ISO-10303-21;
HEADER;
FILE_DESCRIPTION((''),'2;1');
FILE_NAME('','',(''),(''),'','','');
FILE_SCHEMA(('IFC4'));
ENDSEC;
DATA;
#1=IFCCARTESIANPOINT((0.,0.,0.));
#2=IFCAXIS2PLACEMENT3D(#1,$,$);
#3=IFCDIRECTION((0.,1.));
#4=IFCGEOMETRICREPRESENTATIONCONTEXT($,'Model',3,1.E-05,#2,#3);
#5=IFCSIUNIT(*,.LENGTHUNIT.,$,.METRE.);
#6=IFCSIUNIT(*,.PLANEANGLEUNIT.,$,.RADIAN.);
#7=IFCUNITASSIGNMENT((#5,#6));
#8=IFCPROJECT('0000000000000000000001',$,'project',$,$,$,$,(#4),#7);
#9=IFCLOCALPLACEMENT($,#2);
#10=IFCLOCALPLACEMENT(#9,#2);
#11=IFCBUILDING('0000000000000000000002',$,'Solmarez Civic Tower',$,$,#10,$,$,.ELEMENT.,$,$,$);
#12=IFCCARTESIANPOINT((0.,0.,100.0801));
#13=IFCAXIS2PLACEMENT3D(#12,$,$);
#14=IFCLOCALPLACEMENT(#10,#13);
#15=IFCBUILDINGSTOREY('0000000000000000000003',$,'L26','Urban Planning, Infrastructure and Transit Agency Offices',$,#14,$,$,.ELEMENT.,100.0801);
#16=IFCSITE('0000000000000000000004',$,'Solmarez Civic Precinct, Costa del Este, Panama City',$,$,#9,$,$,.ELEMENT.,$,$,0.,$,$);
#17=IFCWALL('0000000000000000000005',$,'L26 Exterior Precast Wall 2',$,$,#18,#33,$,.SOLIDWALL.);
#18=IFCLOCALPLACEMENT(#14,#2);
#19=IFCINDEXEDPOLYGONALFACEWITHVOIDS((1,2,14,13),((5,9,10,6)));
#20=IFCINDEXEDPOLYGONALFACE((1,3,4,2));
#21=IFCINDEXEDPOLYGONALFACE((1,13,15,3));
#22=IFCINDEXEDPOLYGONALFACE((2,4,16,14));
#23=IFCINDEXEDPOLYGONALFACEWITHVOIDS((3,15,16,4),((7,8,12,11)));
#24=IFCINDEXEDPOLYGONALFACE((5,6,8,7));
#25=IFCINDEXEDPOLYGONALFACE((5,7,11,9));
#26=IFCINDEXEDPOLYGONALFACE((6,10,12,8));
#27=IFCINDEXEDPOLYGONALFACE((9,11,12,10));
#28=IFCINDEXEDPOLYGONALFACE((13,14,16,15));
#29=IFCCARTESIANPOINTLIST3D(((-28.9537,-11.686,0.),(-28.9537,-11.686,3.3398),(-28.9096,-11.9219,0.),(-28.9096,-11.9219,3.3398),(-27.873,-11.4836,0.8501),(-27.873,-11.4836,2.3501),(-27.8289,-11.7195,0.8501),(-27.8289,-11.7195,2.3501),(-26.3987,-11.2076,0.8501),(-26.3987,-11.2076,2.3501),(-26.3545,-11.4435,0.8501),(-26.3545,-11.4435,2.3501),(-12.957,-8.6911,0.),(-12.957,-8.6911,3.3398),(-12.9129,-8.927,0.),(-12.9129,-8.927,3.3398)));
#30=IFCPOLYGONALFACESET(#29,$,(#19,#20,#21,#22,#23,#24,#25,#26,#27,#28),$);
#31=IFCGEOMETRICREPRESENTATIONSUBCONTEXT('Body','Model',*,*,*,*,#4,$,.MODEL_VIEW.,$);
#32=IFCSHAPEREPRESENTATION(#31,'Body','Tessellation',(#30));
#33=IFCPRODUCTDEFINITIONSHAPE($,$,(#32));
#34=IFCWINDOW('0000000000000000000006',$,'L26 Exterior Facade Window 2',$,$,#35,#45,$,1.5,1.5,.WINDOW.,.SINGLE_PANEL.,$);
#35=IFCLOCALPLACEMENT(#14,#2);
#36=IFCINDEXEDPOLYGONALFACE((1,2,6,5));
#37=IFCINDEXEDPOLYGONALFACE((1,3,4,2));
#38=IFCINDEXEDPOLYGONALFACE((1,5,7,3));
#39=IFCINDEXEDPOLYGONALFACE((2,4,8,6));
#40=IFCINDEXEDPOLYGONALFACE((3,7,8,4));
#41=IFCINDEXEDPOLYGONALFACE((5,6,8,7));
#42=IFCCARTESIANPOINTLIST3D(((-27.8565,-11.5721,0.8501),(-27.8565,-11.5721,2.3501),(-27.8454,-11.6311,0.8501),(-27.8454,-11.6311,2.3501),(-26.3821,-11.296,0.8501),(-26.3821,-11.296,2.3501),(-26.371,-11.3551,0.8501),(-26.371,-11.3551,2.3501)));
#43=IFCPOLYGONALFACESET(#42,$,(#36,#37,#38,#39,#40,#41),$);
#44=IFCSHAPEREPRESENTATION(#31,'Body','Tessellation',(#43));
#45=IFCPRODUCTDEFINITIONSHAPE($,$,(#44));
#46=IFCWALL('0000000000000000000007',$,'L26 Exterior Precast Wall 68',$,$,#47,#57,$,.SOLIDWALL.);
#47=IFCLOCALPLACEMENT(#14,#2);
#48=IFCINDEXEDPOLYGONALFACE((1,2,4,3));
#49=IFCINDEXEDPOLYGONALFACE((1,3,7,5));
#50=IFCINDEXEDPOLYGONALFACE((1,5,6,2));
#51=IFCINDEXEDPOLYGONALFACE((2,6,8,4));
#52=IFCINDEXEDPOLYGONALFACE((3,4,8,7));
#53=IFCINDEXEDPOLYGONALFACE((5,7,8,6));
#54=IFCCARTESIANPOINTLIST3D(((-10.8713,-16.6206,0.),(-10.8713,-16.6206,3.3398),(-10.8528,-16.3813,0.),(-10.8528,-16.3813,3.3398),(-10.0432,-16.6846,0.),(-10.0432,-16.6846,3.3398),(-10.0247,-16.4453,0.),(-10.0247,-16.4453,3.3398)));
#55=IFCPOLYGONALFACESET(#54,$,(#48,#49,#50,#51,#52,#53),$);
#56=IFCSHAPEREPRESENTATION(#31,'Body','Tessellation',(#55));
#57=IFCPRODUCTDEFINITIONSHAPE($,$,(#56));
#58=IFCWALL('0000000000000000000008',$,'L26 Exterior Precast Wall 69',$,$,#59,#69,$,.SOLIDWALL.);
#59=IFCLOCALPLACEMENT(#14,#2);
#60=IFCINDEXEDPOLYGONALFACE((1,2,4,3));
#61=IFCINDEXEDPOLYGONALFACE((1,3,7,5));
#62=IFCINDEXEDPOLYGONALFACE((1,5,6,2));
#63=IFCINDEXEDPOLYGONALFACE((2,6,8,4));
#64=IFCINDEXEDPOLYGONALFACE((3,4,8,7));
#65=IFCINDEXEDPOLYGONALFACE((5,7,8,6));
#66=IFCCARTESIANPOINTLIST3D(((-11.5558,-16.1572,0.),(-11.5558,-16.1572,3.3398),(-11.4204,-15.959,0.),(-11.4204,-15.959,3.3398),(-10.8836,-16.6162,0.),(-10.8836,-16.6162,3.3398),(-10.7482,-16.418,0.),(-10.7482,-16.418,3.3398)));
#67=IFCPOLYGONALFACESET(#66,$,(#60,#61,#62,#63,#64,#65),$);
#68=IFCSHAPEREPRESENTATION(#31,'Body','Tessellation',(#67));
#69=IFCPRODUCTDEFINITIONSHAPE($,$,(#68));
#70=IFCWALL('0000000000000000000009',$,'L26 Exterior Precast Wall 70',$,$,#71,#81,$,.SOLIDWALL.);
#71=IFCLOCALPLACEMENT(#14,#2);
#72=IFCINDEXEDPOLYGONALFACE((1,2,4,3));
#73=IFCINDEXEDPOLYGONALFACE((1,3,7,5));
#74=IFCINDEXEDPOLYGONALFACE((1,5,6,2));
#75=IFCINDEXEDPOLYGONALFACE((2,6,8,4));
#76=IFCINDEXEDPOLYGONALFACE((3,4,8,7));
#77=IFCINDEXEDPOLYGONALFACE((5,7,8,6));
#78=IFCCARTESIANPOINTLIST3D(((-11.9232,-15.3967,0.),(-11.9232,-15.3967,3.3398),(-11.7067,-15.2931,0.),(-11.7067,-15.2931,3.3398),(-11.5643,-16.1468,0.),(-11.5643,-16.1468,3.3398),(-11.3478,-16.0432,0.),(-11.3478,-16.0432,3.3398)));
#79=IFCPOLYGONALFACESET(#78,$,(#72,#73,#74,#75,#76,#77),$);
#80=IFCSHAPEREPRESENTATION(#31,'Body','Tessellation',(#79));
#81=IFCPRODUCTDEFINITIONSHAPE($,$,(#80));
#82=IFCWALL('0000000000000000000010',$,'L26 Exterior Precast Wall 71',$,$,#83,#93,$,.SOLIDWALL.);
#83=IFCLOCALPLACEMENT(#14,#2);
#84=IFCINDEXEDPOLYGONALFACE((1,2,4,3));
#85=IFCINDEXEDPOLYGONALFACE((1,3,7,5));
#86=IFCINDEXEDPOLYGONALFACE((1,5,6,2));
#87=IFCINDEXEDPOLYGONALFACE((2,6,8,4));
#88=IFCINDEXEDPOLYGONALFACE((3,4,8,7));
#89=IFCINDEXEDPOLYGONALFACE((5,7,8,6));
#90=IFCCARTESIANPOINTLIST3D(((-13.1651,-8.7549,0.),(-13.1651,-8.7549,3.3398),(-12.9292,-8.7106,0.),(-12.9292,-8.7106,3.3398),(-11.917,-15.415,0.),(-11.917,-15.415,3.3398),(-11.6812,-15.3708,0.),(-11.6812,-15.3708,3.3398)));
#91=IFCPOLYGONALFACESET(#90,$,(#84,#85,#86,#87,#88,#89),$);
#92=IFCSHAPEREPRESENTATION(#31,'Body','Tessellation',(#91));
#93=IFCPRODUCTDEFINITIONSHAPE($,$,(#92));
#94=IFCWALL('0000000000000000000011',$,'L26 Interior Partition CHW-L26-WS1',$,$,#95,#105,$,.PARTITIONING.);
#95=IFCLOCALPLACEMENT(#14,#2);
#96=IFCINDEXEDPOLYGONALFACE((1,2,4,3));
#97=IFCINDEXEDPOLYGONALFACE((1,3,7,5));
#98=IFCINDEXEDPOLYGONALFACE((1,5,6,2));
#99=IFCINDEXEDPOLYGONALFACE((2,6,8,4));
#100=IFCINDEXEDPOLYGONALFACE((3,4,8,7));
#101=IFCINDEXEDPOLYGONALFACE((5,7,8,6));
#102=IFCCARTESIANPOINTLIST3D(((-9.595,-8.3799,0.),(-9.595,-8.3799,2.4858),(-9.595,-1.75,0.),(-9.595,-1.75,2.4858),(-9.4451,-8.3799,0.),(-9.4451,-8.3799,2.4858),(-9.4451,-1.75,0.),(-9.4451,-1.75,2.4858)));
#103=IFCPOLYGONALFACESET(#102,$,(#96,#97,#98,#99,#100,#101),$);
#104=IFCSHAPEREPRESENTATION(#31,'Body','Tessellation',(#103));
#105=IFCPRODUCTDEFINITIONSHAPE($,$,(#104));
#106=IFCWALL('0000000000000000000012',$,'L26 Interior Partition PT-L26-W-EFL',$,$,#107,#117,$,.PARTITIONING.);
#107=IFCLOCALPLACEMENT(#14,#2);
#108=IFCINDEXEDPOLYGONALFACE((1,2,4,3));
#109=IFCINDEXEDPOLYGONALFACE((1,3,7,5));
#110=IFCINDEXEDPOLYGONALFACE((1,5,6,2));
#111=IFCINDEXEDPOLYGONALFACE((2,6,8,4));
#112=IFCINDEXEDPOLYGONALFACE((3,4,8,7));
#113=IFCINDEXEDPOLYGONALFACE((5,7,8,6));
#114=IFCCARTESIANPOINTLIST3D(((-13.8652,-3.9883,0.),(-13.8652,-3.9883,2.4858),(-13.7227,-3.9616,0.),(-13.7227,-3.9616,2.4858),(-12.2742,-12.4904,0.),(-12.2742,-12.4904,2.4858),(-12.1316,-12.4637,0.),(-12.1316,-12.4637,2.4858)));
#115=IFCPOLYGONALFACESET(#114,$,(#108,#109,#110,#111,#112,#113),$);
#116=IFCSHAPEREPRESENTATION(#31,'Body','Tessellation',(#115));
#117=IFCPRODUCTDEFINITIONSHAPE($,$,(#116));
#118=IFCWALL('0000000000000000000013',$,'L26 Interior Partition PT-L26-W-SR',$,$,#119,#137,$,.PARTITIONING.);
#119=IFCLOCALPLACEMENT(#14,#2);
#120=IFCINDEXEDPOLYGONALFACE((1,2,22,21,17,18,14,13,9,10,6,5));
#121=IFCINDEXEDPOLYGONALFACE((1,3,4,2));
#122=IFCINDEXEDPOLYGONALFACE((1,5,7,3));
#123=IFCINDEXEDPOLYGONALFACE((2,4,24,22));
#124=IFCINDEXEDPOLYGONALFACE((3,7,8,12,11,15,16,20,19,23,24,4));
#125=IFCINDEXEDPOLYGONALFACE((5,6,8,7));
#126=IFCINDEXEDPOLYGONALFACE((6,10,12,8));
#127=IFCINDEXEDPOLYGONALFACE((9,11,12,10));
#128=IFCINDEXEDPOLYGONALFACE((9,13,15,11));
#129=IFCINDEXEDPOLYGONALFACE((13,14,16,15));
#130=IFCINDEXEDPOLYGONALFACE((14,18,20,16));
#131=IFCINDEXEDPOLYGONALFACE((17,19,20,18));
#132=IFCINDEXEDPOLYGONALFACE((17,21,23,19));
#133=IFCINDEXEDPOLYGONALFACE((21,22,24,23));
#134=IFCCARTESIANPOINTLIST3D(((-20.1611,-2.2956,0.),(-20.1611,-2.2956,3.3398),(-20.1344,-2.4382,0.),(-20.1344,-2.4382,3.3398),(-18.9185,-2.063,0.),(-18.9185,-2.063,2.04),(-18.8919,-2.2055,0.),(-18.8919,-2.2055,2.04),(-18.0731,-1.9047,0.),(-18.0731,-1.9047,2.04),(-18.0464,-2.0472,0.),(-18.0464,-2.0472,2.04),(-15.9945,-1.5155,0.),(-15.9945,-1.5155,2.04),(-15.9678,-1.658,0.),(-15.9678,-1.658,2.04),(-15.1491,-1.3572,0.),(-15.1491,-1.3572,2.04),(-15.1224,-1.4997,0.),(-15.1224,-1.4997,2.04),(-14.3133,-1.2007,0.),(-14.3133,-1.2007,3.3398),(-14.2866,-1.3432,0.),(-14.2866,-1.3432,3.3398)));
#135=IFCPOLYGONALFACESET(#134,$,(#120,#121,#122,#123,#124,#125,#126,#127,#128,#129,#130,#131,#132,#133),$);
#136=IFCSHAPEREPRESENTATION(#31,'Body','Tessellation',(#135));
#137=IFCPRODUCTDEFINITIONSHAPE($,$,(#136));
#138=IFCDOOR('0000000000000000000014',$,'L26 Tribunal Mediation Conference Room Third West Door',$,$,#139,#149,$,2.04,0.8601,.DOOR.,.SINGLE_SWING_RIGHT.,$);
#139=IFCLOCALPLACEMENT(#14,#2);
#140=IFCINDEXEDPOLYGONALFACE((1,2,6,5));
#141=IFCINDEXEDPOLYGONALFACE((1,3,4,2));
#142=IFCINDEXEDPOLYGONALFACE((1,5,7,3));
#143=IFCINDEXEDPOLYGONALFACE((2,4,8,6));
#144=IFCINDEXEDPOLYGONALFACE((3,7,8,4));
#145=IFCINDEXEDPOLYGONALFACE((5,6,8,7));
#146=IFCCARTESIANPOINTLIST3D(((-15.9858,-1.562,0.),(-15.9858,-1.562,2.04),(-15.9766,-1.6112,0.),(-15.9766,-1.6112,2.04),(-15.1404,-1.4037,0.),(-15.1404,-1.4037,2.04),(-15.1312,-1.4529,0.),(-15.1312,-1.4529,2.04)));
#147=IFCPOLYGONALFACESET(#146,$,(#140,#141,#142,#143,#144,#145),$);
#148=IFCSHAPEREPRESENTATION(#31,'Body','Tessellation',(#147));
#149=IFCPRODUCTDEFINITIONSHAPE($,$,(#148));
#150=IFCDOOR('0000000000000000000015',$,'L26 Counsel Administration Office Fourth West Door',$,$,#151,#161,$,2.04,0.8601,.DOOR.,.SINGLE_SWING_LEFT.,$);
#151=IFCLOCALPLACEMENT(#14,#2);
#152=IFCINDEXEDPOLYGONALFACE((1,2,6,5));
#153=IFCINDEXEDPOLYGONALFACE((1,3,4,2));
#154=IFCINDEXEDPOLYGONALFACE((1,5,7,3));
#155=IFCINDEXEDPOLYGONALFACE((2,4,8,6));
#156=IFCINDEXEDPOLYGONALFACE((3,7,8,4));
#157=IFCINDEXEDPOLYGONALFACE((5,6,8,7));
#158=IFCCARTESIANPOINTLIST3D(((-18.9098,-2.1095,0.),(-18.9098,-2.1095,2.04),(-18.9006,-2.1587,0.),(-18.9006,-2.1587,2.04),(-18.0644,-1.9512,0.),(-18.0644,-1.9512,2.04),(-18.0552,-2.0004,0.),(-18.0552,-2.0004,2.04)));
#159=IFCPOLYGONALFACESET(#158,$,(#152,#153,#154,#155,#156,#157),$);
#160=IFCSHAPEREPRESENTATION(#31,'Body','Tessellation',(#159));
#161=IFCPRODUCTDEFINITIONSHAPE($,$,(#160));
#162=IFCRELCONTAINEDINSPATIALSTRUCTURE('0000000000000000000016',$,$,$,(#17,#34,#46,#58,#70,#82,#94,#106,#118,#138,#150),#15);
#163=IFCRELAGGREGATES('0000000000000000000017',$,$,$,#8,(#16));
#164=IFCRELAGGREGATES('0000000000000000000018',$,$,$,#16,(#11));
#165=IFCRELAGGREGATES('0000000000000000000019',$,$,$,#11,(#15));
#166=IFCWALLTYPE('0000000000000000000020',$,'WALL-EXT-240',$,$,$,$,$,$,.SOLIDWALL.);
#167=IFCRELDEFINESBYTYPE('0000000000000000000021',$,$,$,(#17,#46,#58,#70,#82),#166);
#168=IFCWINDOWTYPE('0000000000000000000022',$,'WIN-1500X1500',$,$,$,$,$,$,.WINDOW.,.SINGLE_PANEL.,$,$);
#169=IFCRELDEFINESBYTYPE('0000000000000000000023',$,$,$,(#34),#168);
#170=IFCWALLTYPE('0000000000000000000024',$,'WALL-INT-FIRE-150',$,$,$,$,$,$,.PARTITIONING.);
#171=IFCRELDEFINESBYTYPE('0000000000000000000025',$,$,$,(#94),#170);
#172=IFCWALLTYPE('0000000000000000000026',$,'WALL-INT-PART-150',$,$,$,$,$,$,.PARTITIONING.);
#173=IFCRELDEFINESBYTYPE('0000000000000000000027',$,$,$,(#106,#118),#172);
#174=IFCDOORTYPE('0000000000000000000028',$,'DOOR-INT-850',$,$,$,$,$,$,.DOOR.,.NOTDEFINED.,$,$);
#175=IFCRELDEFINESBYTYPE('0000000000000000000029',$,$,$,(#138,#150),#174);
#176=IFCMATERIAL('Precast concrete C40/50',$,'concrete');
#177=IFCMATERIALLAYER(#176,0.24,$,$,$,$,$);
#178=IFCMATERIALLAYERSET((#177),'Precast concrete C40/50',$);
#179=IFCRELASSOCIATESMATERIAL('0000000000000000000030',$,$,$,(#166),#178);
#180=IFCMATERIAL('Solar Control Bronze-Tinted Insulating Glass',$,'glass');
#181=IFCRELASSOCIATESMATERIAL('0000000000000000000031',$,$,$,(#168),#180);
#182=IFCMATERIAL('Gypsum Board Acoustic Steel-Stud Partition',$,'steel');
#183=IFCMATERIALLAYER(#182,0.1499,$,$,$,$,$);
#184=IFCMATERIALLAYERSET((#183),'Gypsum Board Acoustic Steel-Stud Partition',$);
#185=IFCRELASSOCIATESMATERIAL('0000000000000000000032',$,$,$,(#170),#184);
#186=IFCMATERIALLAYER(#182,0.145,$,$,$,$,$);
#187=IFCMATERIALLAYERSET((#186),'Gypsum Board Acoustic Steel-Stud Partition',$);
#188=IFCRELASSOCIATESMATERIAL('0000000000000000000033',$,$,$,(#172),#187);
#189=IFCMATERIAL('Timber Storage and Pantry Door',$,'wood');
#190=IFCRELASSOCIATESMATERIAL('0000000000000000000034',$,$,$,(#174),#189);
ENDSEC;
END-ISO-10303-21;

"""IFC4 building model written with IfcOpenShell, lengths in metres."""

from ifc_helpers import new_model, si_unit, direction, frame, frame_2d, origin, place, context, subcontext, project, spatial, rectangle, extrude, material, layer, layer_set, type_object, element, fill, save


model = new_model("IFC4")

# Units and contexts
model_context = context("Model", 3, precision=1e-05, world=origin(), true_north=direction((0.0, 1.0)))
body_context = subcontext(model_context, "Body", "Model", "MODEL_VIEW")
ifc_project = project(units=[si_unit("LENGTHUNIT", "METRE"), si_unit("PLANEANGLEUNIT", "RADIAN")], contexts=[model_context])

# Site, building, storey
site_placement = place(None, origin())
site = spatial("IfcSite", under=ifc_project, at=site_placement, Name="Solmarez Civic Precinct, Costa del Este, Panama City", CompositionType="ELEMENT", RefElevation=0.0)
building_placement = place(site_placement, origin())
building = spatial("IfcBuilding", under=site, at=building_placement, Name="Solmarez Civic Tower", CompositionType="ELEMENT")
storey_placement = place(building_placement, frame((0.0, 0.0, 100.0801)))
storey = spatial("IfcBuildingStorey", under=building, at=storey_placement, Name="L26", Description="Urban Planning, Infrastructure and Transit Agency Offices", CompositionType="ELEMENT", Elevation=100.0801)

# Wall, opening, window
ifc_material_1 = material(Name="Precast concrete C40/50", Category="concrete")
ifc_layer_1 = layer(ifc_material_1, 0.24)
ifc_layer_set_1 = layer_set([ifc_layer_1], Name="Precast concrete C40/50")
wall_type_1 = type_object("IfcWallType", Name="WALL-EXT-240", PredefinedType="SOLIDWALL", material=ifc_layer_set_1)
wall_1_placement = place(storey_placement, frame((-12.9351, -8.8091, 0.0), z_axis=(0.0, 0.0, 1.0), x_axis=(-0.982923, -0.18402, 0.0)))
wall_1 = element("IfcWall", 1, at=wall_1_placement, inside=storey, type_object=wall_type_1, Name="L26 Exterior Precast Wall 2", PredefinedType="SOLIDWALL", context=body_context, shape_type="SweptSolid", body=[
    extrude(rectangle(XDim=16.2747, YDim=0.24, at=frame_2d((8.1372, 0.0))), origin(), (0.0, 0.0, 1.0), 3.3398),
])
opening_1_placement = place(wall_1_placement, frame((13.675, 0.0, 0.8501)))
opening_1 = element("IfcOpeningElement", 2, at=opening_1_placement, cuts=wall_1, PredefinedType="OPENING", context=body_context, shape_type="SweptSolid", body=[
    extrude(rectangle(XDim=1.5, YDim=1.5, at=frame_2d((0.75, 0.75))), frame((0.0, 0.1299, 0.0), z_axis=(0.0, -1.0, 0.0), x_axis=(1.0, 0.0, 0.0)), (0.0, 0.0, 1.0), 0.26),
])
ifc_material_2 = material(Name="Solar Control Bronze-Tinted Insulating Glass", Category="glass")
window_type = type_object("IfcWindowType", Name="WIN-1500X1500", PartitioningType="SINGLE_PANEL", PredefinedType="WINDOW", material=ifc_material_2)
window_placement = place(opening_1_placement, origin())
window = element("IfcWindow", 3, at=window_placement, inside=storey, type_object=window_type, Name="L26 Exterior Facade Window 2", OverallHeight=1.5, OverallWidth=1.5, PartitioningType="SINGLE_PANEL", PredefinedType="WINDOW", context=body_context, shape_type="SweptSolid", body=[
    extrude(rectangle(XDim=1.5, YDim=1.5, at=frame_2d((0.75, 0.75))), frame((0.0, 0.03, 0.0), z_axis=(0.0, -1.0, 0.0), x_axis=(1.0, 0.0, 0.0)), (0.0, 0.0, 1.0), 0.0601),
])
fill(opening_1, window)

# Walls
wall_2_placement = place(storey_placement, frame((-10.0339, -16.5649, 0.0), z_axis=(0.0, 0.0, 1.0), x_axis=(-0.99703, 0.077011, 0.0)))
element("IfcWall", 4, at=wall_2_placement, inside=storey, type_object=wall_type_1, Name="L26 Exterior Precast Wall 68", PredefinedType="SOLIDWALL", context=body_context, shape_type="SweptSolid", body=[
    extrude(rectangle(XDim=0.8306, YDim=0.24, at=frame_2d((0.4153, 0.0))), origin(), (0.0, 0.0, 1.0), 3.3398),
])
wall_3_placement = place(storey_placement, frame((-10.8159, -16.5171, 0.0), z_axis=(0.0, 0.0, 1.0), x_axis=(-0.825815, 0.563942, 0.0)))
element("IfcWall", 5, at=wall_3_placement, inside=storey, type_object=wall_type_1, Name="L26 Exterior Precast Wall 69", PredefinedType="SOLIDWALL", context=body_context, shape_type="SweptSolid", body=[
    extrude(rectangle(XDim=0.814, YDim=0.24, at=frame_2d((0.407, 0.0))), origin(), (0.0, 0.0, 1.0), 3.3398),
])
wall_4_placement = place(storey_placement, frame((-11.4561, -16.095, 0.0), z_axis=(0.0, 0.0, 1.0), x_axis=(-0.431643, 0.902045, 0.0)))
element("IfcWall", 6, at=wall_4_placement, inside=storey, type_object=wall_type_1, Name="L26 Exterior Precast Wall 70", PredefinedType="SOLIDWALL", context=body_context, shape_type="SweptSolid", body=[
    extrude(rectangle(XDim=0.8315, YDim=0.24, at=frame_2d((0.4158, 0.0))), origin(), (0.0, 0.0, 1.0), 3.3398),
])
wall_5_placement = place(storey_placement, frame((-11.7991, -15.3931, 0.0), z_axis=(0.0, 0.0, 1.0), x_axis=(-0.184184, 0.982892, 0.0)))
element("IfcWall", 7, at=wall_5_placement, inside=storey, type_object=wall_type_1, Name="L26 Exterior Precast Wall 71", PredefinedType="SOLIDWALL", context=body_context, shape_type="SweptSolid", body=[
    extrude(rectangle(XDim=6.7761, YDim=0.24, at=frame_2d((3.3882, 0.0))), origin(), (0.0, 0.0, 1.0), 3.3398),
])
ifc_material_3 = material(Name="Gypsum Board Acoustic Steel-Stud Partition", Category="steel")
ifc_layer_2 = layer(ifc_material_3, 0.1499)
ifc_layer_set_2 = layer_set([ifc_layer_2], Name="Gypsum Board Acoustic Steel-Stud Partition")
wall_type_2 = type_object("IfcWallType", Name="WALL-INT-FIRE-150", PredefinedType="PARTITIONING", material=ifc_layer_set_2)
wall_6_placement = place(storey_placement, frame((-9.52, -8.3799, 0.0), z_axis=(0.0, 0.0, 1.0), x_axis=(0.0, 1.0, 0.0)))
element("IfcWall", 8, at=wall_6_placement, inside=storey, type_object=wall_type_2, Name="L26 Interior Partition CHW-L26-WS1", PredefinedType="PARTITIONING", context=body_context, shape_type="SweptSolid", body=[
    extrude(rectangle(XDim=6.6299, YDim=0.1499, at=frame_2d((3.3149, 0.0))), origin(), (0.0, 0.0, 1.0), 2.4858),
])
ifc_layer_3 = layer(ifc_material_3, 0.145)
ifc_layer_set_3 = layer_set([ifc_layer_3], Name="Gypsum Board Acoustic Steel-Stud Partition")
wall_type_3 = type_object("IfcWallType", Name="WALL-INT-PART-150", PredefinedType="PARTITIONING", material=ifc_layer_set_3)
wall_7_placement = place(storey_placement, frame((-13.7939, -3.9751, 0.0), z_axis=(0.0, 0.0, 1.0), x_axis=(0.183948, -0.982936, 0.0)))
element("IfcWall", 9, at=wall_7_placement, inside=storey, type_object=wall_type_3, Name="L26 Interior Partition PT-L26-W-EFL", PredefinedType="PARTITIONING", context=body_context, shape_type="SweptSolid", body=[
    extrude(rectangle(XDim=8.6497, YDim=0.145, at=frame_2d((4.3247, 0.0))), origin(), (0.0, 0.0, 1.0), 2.4858),
])

# Wall, openings, doors
wall_8_placement = place(storey_placement, frame((-14.3, -1.272, 0.0), z_axis=(0.0, 0.0, 1.0), x_axis=(-0.982918, -0.184043, 0.0)))
wall_8 = element("IfcWall", 10, at=wall_8_placement, inside=storey, type_object=wall_type_3, Name="L26 Interior Partition PT-L26-W-SR", PredefinedType="PARTITIONING", context=body_context, shape_type="SweptSolid", body=[
    extrude(rectangle(XDim=5.9495, YDim=0.145, at=frame_2d((2.9746, 0.0))), origin(), (0.0, 0.0, 1.0), 3.3398),
])
opening_2_placement = place(wall_8_placement, frame((0.8501, 0.0, 0.0)))
opening_2 = element("IfcOpeningElement", 11, at=opening_2_placement, cuts=wall_8, PredefinedType="OPENING", context=body_context, shape_type="SweptSolid", body=[
    extrude(rectangle(XDim=0.8601, YDim=2.04, at=frame_2d((0.4302, 1.02))), frame((0.0, 0.0825, 0.0), z_axis=(0.0, -1.0, 0.0), x_axis=(1.0, 0.0, 0.0)), (0.0, 0.0, 1.0), 0.165),
])
opening_3_placement = place(wall_8_placement, frame((3.825, 0.0, 0.0)))
opening_3 = element("IfcOpeningElement", 12, at=opening_3_placement, cuts=wall_8, PredefinedType="OPENING", context=body_context, shape_type="SweptSolid", body=[
    extrude(rectangle(XDim=0.8601, YDim=2.04, at=frame_2d((0.4302, 1.02))), frame((0.0, 0.0825, 0.0), z_axis=(0.0, -1.0, 0.0), x_axis=(1.0, 0.0, 0.0)), (0.0, 0.0, 1.0), 0.165),
])
ifc_material_4 = material(Name="Timber Storage and Pantry Door", Category="wood")
door_type = type_object("IfcDoorType", Name="DOOR-INT-850", OperationType="NOTDEFINED", PredefinedType="DOOR", material=ifc_material_4)
door_1_placement = place(opening_2_placement, origin())
door_1 = element("IfcDoor", 13, at=door_1_placement, inside=storey, type_object=door_type, Name="L26 Tribunal Mediation Conference Room Third West Door", OperationType="SINGLE_SWING_RIGHT", OverallHeight=2.04, OverallWidth=0.8601, PredefinedType="DOOR", context=body_context, shape_type="SweptSolid", body=[
    extrude(rectangle(XDim=0.8601, YDim=2.04, at=frame_2d((0.4302, 1.02))), frame((0.0, 0.0249, 0.0), z_axis=(0.0, -1.0, 0.0), x_axis=(1.0, 0.0, 0.0)), (0.0, 0.0, 1.0), 0.05),
])
fill(opening_2, door_1)
door_2_placement = place(opening_3_placement, origin())
door_2 = element("IfcDoor", 14, at=door_2_placement, inside=storey, type_object=door_type, Name="L26 Counsel Administration Office Fourth West Door", OperationType="SINGLE_SWING_LEFT", OverallHeight=2.04, OverallWidth=0.8601, PredefinedType="DOOR", context=body_context, shape_type="SweptSolid", body=[
    extrude(rectangle(XDim=0.8601, YDim=2.04, at=frame_2d((0.4302, 1.02))), frame((0.0, 0.0249, 0.0), z_axis=(0.0, -1.0, 0.0), x_axis=(1.0, 0.0, 0.0)), (0.0, 0.0, 1.0), 0.05),
])
fill(opening_3, door_2)

save(model, "model.ifc")
